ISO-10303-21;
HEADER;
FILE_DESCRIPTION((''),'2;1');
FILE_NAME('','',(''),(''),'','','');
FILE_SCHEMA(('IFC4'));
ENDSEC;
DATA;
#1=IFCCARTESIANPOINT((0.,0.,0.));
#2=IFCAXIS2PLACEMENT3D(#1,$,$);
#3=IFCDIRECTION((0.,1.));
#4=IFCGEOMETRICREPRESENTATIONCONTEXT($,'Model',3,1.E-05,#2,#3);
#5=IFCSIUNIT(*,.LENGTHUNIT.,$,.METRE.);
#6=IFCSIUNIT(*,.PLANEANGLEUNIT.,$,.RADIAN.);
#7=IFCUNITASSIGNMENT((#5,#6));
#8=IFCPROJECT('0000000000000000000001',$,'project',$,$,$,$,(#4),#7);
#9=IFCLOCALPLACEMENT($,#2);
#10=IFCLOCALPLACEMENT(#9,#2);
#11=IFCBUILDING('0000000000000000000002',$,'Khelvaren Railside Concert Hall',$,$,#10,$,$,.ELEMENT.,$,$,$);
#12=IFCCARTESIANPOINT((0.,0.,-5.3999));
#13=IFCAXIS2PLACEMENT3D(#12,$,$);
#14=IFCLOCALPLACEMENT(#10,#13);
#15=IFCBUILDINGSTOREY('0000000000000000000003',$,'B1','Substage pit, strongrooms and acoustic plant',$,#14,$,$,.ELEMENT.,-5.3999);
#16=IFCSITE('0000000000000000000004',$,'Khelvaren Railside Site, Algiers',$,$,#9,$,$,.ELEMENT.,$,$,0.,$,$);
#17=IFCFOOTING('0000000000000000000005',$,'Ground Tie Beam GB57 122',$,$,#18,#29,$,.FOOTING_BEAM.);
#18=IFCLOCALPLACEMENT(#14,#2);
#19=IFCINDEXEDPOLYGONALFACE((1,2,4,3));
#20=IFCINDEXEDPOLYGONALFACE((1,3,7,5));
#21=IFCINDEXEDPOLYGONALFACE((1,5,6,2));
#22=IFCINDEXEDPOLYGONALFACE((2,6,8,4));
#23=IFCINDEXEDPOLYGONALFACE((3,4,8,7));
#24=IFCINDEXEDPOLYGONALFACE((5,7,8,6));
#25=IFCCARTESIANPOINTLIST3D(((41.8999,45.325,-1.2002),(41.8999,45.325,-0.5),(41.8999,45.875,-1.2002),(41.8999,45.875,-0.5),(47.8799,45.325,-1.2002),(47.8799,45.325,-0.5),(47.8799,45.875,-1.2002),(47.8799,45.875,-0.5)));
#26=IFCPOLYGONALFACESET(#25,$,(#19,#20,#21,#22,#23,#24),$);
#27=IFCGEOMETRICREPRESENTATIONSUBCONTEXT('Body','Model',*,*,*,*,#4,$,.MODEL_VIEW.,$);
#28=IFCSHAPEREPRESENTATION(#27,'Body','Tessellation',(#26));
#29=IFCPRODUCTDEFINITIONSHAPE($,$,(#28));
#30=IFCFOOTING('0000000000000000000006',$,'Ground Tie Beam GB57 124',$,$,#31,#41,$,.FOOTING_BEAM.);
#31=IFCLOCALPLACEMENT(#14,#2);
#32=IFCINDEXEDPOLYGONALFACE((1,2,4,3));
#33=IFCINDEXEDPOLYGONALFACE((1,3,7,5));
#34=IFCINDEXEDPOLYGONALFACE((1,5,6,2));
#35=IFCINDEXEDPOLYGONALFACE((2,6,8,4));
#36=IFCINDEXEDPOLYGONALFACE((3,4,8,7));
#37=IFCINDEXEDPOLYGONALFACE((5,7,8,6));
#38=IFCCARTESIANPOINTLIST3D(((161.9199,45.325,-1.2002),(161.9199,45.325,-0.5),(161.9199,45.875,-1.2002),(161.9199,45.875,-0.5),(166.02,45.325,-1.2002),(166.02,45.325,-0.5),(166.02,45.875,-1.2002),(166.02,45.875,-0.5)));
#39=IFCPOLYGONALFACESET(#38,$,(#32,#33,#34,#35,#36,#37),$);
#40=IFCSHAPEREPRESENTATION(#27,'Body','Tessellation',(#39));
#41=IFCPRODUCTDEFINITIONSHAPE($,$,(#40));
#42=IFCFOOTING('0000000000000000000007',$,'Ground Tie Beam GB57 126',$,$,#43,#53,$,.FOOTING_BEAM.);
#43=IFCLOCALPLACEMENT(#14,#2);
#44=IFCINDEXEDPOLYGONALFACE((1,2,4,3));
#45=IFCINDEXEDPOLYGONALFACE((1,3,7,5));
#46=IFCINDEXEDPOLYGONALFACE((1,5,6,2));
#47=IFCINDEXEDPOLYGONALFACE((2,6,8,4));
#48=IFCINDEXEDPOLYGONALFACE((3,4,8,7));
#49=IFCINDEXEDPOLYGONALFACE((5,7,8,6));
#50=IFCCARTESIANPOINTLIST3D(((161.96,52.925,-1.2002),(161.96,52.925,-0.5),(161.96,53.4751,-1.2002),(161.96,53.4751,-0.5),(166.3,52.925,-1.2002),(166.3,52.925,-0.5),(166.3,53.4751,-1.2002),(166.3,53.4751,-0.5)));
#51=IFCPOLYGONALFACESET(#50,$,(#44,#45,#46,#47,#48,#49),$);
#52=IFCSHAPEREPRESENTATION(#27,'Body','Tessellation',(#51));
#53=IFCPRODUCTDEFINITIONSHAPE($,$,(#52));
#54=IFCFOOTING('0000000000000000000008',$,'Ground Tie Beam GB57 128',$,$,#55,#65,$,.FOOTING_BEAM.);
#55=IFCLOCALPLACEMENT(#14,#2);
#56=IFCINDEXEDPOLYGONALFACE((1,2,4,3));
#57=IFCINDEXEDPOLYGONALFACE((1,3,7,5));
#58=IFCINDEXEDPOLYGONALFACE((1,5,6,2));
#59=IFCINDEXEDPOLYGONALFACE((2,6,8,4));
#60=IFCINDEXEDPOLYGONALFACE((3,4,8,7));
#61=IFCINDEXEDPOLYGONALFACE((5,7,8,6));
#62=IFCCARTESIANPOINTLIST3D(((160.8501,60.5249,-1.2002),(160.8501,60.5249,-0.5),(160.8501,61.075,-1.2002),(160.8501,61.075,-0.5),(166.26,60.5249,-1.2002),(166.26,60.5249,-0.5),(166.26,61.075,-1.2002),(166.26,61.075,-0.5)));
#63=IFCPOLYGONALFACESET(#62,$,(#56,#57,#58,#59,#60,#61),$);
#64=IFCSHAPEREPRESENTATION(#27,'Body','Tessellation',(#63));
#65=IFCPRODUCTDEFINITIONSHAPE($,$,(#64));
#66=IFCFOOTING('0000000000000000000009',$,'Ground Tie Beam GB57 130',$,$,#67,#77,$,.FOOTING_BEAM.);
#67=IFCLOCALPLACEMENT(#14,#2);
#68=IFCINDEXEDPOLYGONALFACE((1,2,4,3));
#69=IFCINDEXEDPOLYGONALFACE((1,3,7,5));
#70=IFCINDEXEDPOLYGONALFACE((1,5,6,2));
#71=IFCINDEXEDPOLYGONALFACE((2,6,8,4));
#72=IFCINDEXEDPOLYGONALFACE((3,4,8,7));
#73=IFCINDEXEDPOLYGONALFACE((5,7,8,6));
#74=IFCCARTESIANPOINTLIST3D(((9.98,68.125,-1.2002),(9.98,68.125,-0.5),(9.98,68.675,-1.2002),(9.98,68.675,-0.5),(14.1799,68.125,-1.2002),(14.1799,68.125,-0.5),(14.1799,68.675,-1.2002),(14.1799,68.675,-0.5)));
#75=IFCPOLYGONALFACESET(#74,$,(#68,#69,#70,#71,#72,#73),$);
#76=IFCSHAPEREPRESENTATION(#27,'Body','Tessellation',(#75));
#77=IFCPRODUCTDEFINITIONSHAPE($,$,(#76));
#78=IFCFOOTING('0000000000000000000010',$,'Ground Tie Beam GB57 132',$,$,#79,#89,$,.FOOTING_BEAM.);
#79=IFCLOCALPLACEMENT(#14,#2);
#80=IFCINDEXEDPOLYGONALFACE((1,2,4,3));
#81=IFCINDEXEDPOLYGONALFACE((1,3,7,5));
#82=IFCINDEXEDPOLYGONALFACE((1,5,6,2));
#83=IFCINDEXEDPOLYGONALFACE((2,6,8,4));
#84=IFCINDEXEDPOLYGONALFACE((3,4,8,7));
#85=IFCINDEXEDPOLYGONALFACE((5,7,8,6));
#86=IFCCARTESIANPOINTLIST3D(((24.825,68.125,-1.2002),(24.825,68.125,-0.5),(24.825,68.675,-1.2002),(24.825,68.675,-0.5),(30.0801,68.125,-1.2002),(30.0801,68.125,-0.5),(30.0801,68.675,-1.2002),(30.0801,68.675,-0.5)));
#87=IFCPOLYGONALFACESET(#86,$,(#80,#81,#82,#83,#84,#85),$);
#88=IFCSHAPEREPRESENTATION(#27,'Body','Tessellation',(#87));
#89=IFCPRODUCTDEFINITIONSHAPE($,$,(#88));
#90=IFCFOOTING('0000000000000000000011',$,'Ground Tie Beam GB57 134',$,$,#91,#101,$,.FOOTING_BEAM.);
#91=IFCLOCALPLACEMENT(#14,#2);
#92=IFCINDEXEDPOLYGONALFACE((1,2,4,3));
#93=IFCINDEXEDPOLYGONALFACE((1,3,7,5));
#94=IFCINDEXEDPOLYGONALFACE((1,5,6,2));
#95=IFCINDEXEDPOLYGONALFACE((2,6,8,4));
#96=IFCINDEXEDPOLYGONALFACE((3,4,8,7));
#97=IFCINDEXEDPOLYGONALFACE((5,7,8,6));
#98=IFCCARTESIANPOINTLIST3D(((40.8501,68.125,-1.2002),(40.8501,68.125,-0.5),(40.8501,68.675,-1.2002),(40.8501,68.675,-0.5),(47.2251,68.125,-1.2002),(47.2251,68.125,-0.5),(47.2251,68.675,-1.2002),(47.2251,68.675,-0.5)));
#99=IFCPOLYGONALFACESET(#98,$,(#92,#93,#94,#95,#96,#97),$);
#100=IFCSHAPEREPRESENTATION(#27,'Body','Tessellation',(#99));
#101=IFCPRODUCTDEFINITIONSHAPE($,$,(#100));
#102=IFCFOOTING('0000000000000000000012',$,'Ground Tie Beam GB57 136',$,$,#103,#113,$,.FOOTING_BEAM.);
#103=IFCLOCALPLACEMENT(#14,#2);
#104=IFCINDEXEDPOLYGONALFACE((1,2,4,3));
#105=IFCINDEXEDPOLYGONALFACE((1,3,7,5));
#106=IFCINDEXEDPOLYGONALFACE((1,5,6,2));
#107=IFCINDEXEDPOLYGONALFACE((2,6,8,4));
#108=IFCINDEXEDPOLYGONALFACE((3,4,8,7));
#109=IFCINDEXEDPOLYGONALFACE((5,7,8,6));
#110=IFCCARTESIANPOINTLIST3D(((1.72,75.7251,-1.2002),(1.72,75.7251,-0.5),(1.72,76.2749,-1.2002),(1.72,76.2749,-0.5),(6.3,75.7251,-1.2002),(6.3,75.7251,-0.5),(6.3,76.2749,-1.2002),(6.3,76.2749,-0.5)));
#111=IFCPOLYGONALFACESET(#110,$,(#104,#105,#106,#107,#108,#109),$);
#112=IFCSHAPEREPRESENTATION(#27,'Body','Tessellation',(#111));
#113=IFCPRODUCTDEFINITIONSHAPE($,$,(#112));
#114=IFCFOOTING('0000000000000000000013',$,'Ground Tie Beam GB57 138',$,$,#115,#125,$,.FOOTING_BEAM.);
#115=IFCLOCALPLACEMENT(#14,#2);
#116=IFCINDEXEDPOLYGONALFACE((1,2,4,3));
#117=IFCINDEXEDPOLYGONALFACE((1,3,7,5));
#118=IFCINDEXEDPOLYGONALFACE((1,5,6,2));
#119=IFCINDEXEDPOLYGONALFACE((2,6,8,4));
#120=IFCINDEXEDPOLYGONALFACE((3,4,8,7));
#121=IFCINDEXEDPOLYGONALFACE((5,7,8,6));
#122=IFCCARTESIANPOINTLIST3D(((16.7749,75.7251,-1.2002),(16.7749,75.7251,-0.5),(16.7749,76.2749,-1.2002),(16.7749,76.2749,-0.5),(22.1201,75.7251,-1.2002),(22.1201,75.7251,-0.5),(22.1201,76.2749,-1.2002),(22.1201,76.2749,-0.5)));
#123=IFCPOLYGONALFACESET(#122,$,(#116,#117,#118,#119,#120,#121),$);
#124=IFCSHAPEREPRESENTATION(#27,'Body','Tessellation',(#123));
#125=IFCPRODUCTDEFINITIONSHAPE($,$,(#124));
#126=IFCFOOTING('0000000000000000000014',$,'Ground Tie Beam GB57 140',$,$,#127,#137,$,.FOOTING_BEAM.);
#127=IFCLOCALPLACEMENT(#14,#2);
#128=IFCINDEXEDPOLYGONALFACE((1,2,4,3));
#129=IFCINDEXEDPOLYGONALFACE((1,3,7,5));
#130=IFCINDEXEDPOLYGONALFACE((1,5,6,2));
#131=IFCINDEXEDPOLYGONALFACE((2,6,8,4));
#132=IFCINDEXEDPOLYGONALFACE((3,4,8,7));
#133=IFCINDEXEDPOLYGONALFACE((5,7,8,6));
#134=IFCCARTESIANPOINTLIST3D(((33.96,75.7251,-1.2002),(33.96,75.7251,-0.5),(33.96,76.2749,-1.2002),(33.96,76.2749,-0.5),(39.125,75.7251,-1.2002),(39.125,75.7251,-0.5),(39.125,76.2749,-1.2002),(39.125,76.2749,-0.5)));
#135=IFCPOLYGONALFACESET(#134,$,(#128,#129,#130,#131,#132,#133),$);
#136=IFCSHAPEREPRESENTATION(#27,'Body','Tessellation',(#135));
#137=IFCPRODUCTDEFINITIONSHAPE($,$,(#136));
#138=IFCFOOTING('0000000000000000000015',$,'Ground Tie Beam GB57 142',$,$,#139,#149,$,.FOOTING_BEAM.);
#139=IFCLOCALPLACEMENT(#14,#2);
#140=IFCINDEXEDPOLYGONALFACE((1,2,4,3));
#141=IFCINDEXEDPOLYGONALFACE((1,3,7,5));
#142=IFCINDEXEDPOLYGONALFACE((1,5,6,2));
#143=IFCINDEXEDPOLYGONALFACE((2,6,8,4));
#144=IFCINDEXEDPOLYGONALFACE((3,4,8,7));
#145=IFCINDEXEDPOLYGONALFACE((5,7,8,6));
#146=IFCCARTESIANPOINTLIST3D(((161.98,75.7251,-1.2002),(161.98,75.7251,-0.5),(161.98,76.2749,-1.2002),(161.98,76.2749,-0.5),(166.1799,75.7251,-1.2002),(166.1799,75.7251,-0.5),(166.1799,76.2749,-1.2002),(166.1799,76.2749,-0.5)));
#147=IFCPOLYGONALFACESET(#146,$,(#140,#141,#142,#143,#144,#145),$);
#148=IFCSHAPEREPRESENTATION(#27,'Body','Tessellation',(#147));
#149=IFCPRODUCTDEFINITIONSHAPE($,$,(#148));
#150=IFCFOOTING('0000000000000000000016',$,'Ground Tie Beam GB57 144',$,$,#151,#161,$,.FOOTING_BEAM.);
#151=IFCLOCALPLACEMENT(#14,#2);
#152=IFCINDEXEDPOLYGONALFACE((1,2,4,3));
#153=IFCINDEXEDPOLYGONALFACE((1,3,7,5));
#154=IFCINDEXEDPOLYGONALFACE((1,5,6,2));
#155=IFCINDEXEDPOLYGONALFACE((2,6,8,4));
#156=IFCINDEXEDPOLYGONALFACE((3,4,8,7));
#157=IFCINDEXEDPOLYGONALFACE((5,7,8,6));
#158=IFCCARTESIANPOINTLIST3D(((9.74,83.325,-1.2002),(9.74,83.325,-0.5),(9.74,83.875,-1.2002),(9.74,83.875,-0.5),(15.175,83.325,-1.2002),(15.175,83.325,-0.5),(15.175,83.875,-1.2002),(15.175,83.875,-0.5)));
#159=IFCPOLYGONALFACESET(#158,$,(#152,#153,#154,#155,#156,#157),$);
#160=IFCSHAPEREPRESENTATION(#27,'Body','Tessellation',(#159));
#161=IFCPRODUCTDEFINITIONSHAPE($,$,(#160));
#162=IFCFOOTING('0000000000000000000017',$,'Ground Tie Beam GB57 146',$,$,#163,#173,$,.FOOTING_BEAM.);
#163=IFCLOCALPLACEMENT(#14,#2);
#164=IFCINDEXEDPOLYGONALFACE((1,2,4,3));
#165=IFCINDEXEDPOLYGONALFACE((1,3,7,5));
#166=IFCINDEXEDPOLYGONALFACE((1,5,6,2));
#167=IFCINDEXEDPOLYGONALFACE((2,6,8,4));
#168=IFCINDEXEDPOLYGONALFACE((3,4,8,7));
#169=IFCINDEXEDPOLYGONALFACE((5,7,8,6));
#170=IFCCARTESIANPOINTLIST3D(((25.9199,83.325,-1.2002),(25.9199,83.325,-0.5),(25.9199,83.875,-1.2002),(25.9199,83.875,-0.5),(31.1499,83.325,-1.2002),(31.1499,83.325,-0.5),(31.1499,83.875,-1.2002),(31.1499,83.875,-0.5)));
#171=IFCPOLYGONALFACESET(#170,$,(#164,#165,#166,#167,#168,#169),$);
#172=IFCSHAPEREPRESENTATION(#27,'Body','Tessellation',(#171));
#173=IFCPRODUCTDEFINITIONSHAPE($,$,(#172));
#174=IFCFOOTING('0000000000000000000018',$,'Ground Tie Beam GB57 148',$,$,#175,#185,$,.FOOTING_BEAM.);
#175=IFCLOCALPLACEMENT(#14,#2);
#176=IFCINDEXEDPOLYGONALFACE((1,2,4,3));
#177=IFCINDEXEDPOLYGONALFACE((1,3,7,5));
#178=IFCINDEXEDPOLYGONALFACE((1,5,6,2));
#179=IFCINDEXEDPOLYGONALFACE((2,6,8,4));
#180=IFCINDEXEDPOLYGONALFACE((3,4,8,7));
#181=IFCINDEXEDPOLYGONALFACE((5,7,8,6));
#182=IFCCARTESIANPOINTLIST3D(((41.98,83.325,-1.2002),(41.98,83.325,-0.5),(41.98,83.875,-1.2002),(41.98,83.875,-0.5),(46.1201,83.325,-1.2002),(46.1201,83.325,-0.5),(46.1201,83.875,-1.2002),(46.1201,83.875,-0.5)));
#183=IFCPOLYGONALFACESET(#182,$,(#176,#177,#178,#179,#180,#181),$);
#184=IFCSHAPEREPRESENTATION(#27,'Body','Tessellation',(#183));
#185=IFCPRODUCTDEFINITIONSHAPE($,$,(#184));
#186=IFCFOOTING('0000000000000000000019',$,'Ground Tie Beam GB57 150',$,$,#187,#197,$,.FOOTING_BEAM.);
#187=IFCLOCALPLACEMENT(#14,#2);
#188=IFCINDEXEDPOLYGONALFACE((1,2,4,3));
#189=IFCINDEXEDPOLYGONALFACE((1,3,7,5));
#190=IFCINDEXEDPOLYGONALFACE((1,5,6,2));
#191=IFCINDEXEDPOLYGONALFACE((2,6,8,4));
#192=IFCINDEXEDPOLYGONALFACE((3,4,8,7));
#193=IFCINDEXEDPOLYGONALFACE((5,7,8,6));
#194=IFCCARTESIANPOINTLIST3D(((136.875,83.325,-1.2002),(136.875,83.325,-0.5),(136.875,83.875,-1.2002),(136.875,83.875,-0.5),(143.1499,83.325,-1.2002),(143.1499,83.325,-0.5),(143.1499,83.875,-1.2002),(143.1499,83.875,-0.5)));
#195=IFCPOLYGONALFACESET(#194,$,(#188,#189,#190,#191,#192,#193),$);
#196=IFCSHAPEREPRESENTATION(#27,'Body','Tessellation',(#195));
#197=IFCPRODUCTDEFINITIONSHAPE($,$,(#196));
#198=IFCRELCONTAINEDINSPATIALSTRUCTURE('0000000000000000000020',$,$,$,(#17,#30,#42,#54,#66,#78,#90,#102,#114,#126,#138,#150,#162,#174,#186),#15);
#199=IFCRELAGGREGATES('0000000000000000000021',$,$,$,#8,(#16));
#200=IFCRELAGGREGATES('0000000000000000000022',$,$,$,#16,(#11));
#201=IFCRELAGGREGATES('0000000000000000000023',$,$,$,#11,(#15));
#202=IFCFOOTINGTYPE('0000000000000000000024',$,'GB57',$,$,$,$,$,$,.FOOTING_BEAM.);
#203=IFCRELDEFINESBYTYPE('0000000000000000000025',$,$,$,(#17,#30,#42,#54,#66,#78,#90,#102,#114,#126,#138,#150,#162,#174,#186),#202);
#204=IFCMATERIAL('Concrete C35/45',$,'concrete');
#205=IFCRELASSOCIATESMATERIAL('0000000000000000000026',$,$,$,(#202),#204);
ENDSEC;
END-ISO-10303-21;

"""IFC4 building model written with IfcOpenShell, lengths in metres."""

from ifc_helpers import new_model, si_unit, direction, frame, origin, place, context, subcontext, project, spatial, polyline, outline, extrude, material, type_object, element, save


model = new_model("IFC4")

# Units and contexts
model_context = context("Model", 3, precision=1e-05, world=origin(), true_north=direction((0.0, 1.0)))
body_context = subcontext(model_context, "Body", "Model", "MODEL_VIEW")
ifc_project = project(units=[si_unit("LENGTHUNIT", "METRE"), si_unit("PLANEANGLEUNIT", "RADIAN")], contexts=[model_context])

# Site, building, storey
site_placement = place(None, origin())
site = spatial("IfcSite", under=ifc_project, at=site_placement, Name="Khelvaren Railside Site, Algiers", CompositionType="ELEMENT", RefElevation=0.0)
building_placement = place(site_placement, origin())
building = spatial("IfcBuilding", under=site, at=building_placement, Name="Khelvaren Railside Concert Hall", CompositionType="ELEMENT")
storey_placement = place(building_placement, frame((0.0, 0.0, -5.3999)))
storey = spatial("IfcBuildingStorey", under=building, at=storey_placement, Name="B1", Description="Substage pit, strongrooms and acoustic plant", CompositionType="ELEMENT", Elevation=-5.3999)

# Footings
ifc_material = material(Name="Concrete C35/45", Category="concrete")
footing_type = type_object("IfcFootingType", Name="GB57", PredefinedType="FOOTING_BEAM", material=ifc_material)
footing_1_placement = place(storey_placement, frame((0.0, 0.0, -1.2002)))
element("IfcFooting", 1, at=footing_1_placement, inside=storey, type_object=footing_type, Name="Ground Tie Beam GB57 122", PredefinedType="FOOTING_BEAM", context=body_context, shape_type="SweptSolid", body=[
    extrude(outline(polyline([(41.8999, 45.325), (47.8799, 45.325), (47.8799, 45.875), (41.8999, 45.875), (41.8999, 45.325)])), origin(), (0.0, 0.0, 1.0), 0.7002),
])
footing_2_placement = place(storey_placement, frame((0.0, 0.0, -1.2002)))
element("IfcFooting", 2, at=footing_2_placement, inside=storey, type_object=footing_type, Name="Ground Tie Beam GB57 124", PredefinedType="FOOTING_BEAM", context=body_context, shape_type="SweptSolid", body=[
    extrude(outline(polyline([(161.9199, 45.325), (166.02, 45.325), (166.02, 45.875), (161.9199, 45.875), (161.9199, 45.325)])), origin(), (0.0, 0.0, 1.0), 0.7002),
])
footing_3_placement = place(storey_placement, frame((0.0, 0.0, -1.2002)))
element("IfcFooting", 3, at=footing_3_placement, inside=storey, type_object=footing_type, Name="Ground Tie Beam GB57 126", PredefinedType="FOOTING_BEAM", context=body_context, shape_type="SweptSolid", body=[
    extrude(outline(polyline([(161.96, 52.925), (166.3, 52.925), (166.3, 53.4751), (161.96, 53.4751), (161.96, 52.925)])), origin(), (0.0, 0.0, 1.0), 0.7002),
])
footing_4_placement = place(storey_placement, frame((0.0, 0.0, -1.2002)))
element("IfcFooting", 4, at=footing_4_placement, inside=storey, type_object=footing_type, Name="Ground Tie Beam GB57 128", PredefinedType="FOOTING_BEAM", context=body_context, shape_type="SweptSolid", body=[
    extrude(outline(polyline([(160.8501, 60.5249), (166.26, 60.5249), (166.26, 61.075), (160.8501, 61.075), (160.8501, 60.5249)])), origin(), (0.0, 0.0, 1.0), 0.7002),
])
footing_5_placement = place(storey_placement, frame((0.0, 0.0, -1.2002)))
element("IfcFooting", 5, at=footing_5_placement, inside=storey, type_object=footing_type, Name="Ground Tie Beam GB57 130", PredefinedType="FOOTING_BEAM", context=body_context, shape_type="SweptSolid", body=[
    extrude(outline(polyline([(9.98, 68.125), (14.1799, 68.125), (14.1799, 68.675), (9.98, 68.675), (9.98, 68.125)])), origin(), (0.0, 0.0, 1.0), 0.7002),
])
footing_6_placement = place(storey_placement, frame((0.0, 0.0, -1.2002)))
element("IfcFooting", 6, at=footing_6_placement, inside=storey, type_object=footing_type, Name="Ground Tie Beam GB57 132", PredefinedType="FOOTING_BEAM", context=body_context, shape_type="SweptSolid", body=[
    extrude(outline(polyline([(24.825, 68.125), (30.0801, 68.125), (30.0801, 68.675), (24.825, 68.675), (24.825, 68.125)])), origin(), (0.0, 0.0, 1.0), 0.7002),
])
footing_7_placement = place(storey_placement, frame((0.0, 0.0, -1.2002)))
element("IfcFooting", 7, at=footing_7_placement, inside=storey, type_object=footing_type, Name="Ground Tie Beam GB57 134", PredefinedType="FOOTING_BEAM", context=body_context, shape_type="SweptSolid", body=[
    extrude(outline(polyline([(40.8501, 68.125), (47.2251, 68.125), (47.2251, 68.675), (40.8501, 68.675), (40.8501, 68.125)])), origin(), (0.0, 0.0, 1.0), 0.7002),
])
footing_8_placement = place(storey_placement, frame((0.0, 0.0, -1.2002)))
element("IfcFooting", 8, at=footing_8_placement, inside=storey, type_object=footing_type, Name="Ground Tie Beam GB57 136", PredefinedType="FOOTING_BEAM", context=body_context, shape_type="SweptSolid", body=[
    extrude(outline(polyline([(1.72, 75.7251), (6.3, 75.7251), (6.3, 76.2749), (1.72, 76.2749), (1.72, 75.7251)])), origin(), (0.0, 0.0, 1.0), 0.7002),
])
footing_9_placement = place(storey_placement, frame((0.0, 0.0, -1.2002)))
element("IfcFooting", 9, at=footing_9_placement, inside=storey, type_object=footing_type, Name="Ground Tie Beam GB57 138", PredefinedType="FOOTING_BEAM", context=body_context, shape_type="SweptSolid", body=[
    extrude(outline(polyline([(16.7749, 75.7251), (22.1201, 75.7251), (22.1201, 76.2749), (16.7749, 76.2749), (16.7749, 75.7251)])), origin(), (0.0, 0.0, 1.0), 0.7002),
])
footing_10_placement = place(storey_placement, frame((0.0, 0.0, -1.2002)))
element("IfcFooting", 10, at=footing_10_placement, inside=storey, type_object=footing_type, Name="Ground Tie Beam GB57 140", PredefinedType="FOOTING_BEAM", context=body_context, shape_type="SweptSolid", body=[
    extrude(outline(polyline([(33.96, 75.7251), (39.125, 75.7251), (39.125, 76.2749), (33.96, 76.2749), (33.96, 75.7251)])), origin(), (0.0, 0.0, 1.0), 0.7002),
])
footing_11_placement = place(storey_placement, frame((0.0, 0.0, -1.2002)))
element("IfcFooting", 11, at=footing_11_placement, inside=storey, type_object=footing_type, Name="Ground Tie Beam GB57 142", PredefinedType="FOOTING_BEAM", context=body_context, shape_type="SweptSolid", body=[
    extrude(outline(polyline([(161.98, 75.7251), (166.1799, 75.7251), (166.1799, 76.2749), (161.98, 76.2749), (161.98, 75.7251)])), origin(), (0.0, 0.0, 1.0), 0.7002),
])
footing_12_placement = place(storey_placement, frame((0.0, 0.0, -1.2002)))
element("IfcFooting", 12, at=footing_12_placement, inside=storey, type_object=footing_type, Name="Ground Tie Beam GB57 144", PredefinedType="FOOTING_BEAM", context=body_context, shape_type="SweptSolid", body=[
    extrude(outline(polyline([(9.74, 83.325), (15.175, 83.325), (15.175, 83.875), (9.74, 83.875), (9.74, 83.325)])), origin(), (0.0, 0.0, 1.0), 0.7002),
])
footing_13_placement = place(storey_placement, frame((0.0, 0.0, -1.2002)))
element("IfcFooting", 13, at=footing_13_placement, inside=storey, type_object=footing_type, Name="Ground Tie Beam GB57 146", PredefinedType="FOOTING_BEAM", context=body_context, shape_type="SweptSolid", body=[
    extrude(outline(polyline([(25.9199, 83.325), (31.1499, 83.325), (31.1499, 83.875), (25.9199, 83.875), (25.9199, 83.325)])), origin(), (0.0, 0.0, 1.0), 0.7002),
])
footing_14_placement = place(storey_placement, frame((0.0, 0.0, -1.2002)))
element("IfcFooting", 14, at=footing_14_placement, inside=storey, type_object=footing_type, Name="Ground Tie Beam GB57 148", PredefinedType="FOOTING_BEAM", context=body_context, shape_type="SweptSolid", body=[
    extrude(outline(polyline([(41.98, 83.325), (46.1201, 83.325), (46.1201, 83.875), (41.98, 83.875), (41.98, 83.325)])), origin(), (0.0, 0.0, 1.0), 0.7002),
])
footing_15_placement = place(storey_placement, frame((0.0, 0.0, -1.2002)))
element("IfcFooting", 15, at=footing_15_placement, inside=storey, type_object=footing_type, Name="Ground Tie Beam GB57 150", PredefinedType="FOOTING_BEAM", context=body_context, shape_type="SweptSolid", body=[
    extrude(outline(polyline([(136.875, 83.325), (143.1499, 83.325), (143.1499, 83.875), (136.875, 83.875), (136.875, 83.325)])), origin(), (0.0, 0.0, 1.0), 0.7002),
])

save(model, "model.ifc")
